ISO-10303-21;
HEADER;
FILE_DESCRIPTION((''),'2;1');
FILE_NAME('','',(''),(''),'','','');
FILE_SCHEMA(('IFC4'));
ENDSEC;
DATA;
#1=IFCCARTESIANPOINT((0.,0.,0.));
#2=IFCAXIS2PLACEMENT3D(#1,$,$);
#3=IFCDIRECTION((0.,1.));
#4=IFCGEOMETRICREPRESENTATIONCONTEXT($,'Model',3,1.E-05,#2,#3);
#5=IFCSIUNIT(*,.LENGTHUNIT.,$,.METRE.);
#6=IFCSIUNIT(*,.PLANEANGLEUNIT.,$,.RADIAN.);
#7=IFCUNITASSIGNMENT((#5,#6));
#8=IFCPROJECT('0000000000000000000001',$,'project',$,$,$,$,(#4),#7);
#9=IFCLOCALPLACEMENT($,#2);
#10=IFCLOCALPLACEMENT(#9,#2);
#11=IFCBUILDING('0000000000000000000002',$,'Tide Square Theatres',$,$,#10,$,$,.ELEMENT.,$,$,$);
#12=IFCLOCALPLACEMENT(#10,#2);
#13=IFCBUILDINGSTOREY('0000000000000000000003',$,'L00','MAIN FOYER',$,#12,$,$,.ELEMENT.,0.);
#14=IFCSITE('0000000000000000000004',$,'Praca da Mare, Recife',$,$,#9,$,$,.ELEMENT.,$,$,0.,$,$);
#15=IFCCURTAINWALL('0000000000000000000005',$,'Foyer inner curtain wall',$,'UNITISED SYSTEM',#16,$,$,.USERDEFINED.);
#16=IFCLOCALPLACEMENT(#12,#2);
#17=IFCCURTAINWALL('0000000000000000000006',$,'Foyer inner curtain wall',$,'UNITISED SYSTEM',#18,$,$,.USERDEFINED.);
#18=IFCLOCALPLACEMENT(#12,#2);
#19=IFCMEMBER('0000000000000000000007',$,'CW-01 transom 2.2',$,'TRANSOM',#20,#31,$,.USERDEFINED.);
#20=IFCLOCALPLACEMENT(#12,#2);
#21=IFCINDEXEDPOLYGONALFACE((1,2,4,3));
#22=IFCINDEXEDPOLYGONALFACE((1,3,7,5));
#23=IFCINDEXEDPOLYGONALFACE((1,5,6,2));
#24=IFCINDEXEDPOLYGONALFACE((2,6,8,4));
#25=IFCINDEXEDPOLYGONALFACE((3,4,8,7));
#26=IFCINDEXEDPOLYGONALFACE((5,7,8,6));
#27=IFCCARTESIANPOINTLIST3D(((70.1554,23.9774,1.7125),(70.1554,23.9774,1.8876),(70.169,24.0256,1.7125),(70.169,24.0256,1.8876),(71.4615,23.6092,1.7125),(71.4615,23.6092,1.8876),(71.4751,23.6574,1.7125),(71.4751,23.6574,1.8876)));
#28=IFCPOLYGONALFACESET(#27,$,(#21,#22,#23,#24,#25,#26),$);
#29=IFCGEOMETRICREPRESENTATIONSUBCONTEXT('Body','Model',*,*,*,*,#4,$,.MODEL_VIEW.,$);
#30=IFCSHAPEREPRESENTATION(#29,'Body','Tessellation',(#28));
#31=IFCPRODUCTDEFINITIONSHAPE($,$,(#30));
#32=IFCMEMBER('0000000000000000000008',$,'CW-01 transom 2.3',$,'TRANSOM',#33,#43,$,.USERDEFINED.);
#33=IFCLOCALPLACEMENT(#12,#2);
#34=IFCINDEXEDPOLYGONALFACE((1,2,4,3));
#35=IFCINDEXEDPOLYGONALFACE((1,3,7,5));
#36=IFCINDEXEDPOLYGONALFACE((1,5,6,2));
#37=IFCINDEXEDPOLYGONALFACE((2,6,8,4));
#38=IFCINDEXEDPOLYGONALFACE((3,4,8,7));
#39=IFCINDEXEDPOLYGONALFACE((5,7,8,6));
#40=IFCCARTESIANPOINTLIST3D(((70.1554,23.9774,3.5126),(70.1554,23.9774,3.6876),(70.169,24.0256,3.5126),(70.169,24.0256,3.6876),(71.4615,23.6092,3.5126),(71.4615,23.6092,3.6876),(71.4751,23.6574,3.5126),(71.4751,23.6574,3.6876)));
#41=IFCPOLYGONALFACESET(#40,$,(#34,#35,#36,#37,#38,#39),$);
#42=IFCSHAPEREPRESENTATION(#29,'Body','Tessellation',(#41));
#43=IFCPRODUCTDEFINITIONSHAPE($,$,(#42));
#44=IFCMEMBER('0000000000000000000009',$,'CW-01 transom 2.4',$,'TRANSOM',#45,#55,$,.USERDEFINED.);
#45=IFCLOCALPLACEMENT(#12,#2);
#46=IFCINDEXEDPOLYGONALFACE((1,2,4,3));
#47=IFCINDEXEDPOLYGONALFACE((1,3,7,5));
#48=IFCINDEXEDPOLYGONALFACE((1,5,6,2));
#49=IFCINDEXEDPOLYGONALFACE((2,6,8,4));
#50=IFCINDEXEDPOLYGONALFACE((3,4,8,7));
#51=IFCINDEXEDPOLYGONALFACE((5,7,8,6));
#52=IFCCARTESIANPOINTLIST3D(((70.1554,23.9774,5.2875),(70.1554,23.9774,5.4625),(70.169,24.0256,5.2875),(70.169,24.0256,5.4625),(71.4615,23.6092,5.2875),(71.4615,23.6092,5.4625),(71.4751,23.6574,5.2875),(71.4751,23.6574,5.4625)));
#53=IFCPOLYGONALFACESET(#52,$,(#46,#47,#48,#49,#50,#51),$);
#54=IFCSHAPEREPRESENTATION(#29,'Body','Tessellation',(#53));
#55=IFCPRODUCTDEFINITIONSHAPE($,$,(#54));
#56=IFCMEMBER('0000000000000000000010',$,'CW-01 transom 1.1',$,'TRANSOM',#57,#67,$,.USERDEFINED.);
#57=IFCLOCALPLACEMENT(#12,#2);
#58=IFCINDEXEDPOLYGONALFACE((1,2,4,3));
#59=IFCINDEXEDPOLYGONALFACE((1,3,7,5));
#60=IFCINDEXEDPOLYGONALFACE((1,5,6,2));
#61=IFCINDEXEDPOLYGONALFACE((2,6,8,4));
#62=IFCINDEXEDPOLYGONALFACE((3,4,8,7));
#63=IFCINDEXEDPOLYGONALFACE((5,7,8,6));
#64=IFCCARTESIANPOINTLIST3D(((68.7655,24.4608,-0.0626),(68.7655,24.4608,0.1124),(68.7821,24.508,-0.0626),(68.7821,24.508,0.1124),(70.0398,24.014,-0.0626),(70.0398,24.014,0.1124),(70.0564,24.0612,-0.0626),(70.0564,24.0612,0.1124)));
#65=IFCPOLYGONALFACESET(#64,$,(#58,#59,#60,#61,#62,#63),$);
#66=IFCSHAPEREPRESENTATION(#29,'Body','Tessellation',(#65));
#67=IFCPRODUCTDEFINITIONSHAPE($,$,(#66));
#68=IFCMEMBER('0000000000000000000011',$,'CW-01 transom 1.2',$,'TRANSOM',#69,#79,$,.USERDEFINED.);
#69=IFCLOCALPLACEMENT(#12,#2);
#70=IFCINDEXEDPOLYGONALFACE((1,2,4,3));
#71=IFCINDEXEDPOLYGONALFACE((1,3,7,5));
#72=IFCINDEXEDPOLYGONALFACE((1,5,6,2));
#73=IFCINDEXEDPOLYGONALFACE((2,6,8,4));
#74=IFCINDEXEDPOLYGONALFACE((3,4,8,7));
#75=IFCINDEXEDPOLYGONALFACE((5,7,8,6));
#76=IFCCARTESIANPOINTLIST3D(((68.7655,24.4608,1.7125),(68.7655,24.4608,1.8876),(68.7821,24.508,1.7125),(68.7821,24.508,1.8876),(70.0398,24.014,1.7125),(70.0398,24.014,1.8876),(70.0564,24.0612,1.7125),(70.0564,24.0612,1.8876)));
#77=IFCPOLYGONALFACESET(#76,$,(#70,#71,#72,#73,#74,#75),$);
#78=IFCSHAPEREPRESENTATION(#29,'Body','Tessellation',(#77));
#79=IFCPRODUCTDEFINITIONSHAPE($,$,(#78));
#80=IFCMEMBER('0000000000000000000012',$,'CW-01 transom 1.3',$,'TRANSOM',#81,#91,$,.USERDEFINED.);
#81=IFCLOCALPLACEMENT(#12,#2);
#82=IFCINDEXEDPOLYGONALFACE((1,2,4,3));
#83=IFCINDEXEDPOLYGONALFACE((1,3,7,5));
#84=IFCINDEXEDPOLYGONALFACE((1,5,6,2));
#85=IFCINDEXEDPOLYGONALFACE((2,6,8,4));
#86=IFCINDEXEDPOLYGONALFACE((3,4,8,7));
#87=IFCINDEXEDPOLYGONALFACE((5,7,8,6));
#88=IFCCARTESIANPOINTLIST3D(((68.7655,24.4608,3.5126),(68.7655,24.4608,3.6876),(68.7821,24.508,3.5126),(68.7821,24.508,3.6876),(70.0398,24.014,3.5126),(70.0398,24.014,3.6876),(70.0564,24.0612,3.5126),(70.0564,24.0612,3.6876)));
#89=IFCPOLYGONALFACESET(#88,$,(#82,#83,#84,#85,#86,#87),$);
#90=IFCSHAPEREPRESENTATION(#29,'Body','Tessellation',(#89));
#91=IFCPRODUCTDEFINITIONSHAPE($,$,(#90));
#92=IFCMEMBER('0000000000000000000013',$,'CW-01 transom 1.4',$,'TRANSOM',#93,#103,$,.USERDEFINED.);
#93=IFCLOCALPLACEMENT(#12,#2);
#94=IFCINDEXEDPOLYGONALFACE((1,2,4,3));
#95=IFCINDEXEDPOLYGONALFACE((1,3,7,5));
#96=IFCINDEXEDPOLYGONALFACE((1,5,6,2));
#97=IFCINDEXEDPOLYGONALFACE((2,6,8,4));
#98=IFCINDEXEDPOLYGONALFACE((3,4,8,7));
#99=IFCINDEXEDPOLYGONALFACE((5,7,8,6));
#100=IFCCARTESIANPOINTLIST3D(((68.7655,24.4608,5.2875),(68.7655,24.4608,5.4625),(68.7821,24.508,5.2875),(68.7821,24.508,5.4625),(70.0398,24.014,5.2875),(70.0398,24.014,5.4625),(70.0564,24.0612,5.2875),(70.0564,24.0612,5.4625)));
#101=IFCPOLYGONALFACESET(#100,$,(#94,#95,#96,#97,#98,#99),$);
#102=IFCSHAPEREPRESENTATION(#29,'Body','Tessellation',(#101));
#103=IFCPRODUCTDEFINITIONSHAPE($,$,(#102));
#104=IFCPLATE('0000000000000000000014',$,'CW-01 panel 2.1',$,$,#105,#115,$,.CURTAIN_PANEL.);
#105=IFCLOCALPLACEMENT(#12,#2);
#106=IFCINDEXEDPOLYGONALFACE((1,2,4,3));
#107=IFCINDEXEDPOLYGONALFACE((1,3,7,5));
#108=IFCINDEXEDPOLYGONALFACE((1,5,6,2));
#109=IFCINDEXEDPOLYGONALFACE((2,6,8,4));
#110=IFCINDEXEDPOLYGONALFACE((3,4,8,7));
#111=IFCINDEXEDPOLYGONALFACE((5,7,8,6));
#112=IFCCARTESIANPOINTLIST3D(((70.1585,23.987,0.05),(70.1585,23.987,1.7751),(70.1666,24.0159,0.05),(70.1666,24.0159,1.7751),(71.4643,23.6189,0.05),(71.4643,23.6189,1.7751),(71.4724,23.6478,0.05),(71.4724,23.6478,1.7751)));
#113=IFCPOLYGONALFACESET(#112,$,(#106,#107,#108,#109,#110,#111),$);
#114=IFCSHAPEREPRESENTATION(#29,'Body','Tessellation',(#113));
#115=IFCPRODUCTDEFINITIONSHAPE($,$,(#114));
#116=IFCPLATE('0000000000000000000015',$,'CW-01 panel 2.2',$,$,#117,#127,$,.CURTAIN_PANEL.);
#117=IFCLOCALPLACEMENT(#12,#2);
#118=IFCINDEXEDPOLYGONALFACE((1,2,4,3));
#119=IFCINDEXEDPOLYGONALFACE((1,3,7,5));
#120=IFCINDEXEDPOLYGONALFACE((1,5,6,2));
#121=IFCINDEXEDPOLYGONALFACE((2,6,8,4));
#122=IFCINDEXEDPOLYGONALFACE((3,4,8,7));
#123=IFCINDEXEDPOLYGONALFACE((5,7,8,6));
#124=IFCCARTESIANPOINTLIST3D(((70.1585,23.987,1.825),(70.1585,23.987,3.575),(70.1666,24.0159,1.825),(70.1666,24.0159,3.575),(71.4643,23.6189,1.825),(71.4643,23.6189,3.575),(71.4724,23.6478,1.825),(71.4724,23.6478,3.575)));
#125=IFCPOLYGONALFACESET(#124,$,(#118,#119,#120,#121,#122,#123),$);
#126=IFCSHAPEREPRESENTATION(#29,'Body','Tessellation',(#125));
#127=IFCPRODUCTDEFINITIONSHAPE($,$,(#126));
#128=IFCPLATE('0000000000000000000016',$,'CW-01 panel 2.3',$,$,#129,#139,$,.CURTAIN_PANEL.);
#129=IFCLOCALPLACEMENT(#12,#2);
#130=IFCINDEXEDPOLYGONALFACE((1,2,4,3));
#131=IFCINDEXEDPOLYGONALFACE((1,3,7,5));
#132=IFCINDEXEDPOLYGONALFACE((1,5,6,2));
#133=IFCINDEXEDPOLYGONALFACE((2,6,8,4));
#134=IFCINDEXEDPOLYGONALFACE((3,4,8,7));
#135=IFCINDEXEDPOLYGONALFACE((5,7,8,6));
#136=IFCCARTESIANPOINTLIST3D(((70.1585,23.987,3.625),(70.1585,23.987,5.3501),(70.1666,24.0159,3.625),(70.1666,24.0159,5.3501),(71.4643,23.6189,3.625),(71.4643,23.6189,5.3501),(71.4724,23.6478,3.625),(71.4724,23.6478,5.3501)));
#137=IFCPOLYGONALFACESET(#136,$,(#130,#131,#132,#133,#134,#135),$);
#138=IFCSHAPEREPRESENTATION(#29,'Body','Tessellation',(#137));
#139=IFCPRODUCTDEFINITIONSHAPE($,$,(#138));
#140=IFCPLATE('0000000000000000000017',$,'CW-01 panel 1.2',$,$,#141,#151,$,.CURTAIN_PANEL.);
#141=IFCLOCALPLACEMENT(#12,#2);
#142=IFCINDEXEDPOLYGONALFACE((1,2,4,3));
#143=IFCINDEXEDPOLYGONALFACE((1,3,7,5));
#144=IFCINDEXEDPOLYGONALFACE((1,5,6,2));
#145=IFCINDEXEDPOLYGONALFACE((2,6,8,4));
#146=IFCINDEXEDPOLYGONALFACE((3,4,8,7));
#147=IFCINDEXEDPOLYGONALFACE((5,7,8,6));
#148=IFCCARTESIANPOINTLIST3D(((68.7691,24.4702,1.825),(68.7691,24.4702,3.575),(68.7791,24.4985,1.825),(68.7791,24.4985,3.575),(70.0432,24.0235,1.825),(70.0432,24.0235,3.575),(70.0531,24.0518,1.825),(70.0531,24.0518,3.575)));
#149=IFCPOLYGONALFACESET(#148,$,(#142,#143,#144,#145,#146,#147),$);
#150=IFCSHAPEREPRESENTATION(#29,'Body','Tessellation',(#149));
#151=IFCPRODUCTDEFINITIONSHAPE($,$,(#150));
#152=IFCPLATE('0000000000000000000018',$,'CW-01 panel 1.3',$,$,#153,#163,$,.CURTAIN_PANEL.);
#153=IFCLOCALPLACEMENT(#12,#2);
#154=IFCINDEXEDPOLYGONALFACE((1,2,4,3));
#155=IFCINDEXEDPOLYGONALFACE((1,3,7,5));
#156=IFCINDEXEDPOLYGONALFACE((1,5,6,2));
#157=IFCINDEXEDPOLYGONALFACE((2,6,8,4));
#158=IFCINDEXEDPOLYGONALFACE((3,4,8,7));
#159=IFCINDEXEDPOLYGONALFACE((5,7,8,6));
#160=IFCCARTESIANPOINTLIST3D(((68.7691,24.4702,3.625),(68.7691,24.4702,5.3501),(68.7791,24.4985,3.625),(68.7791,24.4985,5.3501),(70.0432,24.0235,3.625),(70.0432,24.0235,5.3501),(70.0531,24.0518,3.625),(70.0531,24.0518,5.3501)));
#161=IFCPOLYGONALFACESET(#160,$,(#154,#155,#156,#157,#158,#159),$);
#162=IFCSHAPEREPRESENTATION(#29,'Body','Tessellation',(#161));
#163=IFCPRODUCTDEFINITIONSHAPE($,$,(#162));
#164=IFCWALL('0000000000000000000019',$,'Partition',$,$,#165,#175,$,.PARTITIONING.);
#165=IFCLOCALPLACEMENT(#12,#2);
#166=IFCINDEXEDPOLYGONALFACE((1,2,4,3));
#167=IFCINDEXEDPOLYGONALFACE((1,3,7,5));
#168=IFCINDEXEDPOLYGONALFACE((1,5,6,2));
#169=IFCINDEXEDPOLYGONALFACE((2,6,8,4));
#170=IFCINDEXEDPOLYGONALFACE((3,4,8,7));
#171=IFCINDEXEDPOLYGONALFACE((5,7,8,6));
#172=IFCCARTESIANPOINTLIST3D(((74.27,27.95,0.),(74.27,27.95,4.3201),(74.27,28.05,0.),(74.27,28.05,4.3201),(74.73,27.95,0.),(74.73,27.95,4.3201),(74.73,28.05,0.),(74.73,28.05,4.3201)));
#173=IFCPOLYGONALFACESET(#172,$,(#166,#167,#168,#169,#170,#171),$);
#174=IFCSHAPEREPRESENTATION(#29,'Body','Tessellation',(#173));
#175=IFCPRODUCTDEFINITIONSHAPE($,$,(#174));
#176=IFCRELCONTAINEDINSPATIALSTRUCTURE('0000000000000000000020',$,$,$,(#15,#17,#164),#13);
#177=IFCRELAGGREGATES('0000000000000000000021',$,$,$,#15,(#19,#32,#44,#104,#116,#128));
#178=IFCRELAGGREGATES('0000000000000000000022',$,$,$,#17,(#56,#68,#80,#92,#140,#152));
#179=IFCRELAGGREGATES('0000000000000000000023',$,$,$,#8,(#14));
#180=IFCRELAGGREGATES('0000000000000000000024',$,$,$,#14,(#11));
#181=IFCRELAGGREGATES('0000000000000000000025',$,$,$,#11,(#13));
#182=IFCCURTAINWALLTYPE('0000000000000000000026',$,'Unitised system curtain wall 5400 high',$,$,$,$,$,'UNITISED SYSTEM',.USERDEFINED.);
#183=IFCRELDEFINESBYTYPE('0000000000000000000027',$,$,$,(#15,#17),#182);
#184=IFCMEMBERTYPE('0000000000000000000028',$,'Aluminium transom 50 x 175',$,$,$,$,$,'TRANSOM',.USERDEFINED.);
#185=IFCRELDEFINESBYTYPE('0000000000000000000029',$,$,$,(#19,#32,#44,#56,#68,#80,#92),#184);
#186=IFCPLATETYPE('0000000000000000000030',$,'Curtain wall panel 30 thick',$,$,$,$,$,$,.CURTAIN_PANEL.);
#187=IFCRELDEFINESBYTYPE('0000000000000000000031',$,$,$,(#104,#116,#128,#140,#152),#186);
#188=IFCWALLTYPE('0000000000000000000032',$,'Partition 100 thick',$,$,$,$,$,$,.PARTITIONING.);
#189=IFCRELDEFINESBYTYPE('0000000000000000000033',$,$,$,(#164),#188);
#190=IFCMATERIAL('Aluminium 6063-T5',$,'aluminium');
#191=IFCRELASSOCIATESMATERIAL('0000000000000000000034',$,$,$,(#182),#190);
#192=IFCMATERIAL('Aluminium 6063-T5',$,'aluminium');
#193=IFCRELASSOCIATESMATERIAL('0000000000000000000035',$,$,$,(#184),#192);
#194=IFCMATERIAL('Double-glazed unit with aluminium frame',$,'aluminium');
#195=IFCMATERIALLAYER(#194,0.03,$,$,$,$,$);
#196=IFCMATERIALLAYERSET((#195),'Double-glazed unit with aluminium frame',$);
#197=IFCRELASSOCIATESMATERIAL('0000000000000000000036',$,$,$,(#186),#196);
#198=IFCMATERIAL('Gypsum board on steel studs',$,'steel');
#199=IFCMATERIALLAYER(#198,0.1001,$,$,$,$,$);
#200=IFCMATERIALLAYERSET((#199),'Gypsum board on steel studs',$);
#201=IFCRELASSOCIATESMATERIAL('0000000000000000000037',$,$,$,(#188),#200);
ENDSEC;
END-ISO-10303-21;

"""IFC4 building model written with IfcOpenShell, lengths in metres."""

from ifc_helpers import new_model, si_unit, direction, frame, frame_2d, origin, origin_2d, place, context, subcontext, project, spatial, rectangle, extrude, material, layer, layer_set, material_profile, profile_set, type_object, element, aggregate, save


model = new_model("IFC4")

# Units and contexts
model_context = context("Model", 3, precision=1e-05, world=origin(), true_north=direction((0.0, 1.0)))
body_context = subcontext(model_context, "Body", "Model", "MODEL_VIEW")
ifc_project = project(units=[si_unit("LENGTHUNIT", "METRE"), si_unit("PLANEANGLEUNIT", "RADIAN")], contexts=[model_context])

# Site, building, storey
site_placement = place(None, origin())
site = spatial("IfcSite", under=ifc_project, at=site_placement, Name="Praca da Mare, Recife", CompositionType="ELEMENT", RefElevation=0.0)
building_placement = place(site_placement, origin())
building = spatial("IfcBuilding", under=site, at=building_placement, Name="Tide Square Theatres", CompositionType="ELEMENT")
storey_placement = place(building_placement, origin())
storey = spatial("IfcBuildingStorey", under=building, at=storey_placement, Name="L00", Description="MAIN FOYER", CompositionType="ELEMENT", Elevation=0.0)

# Curtain wall
ifc_material_1 = material(Name="Aluminium 6063-T5", Category="aluminium")
curtain_wall_type = type_object("IfcCurtainWallType", Name="Unitised system curtain wall 5400 high", ElementType="UNITISED SYSTEM", PredefinedType="USERDEFINED", material=ifc_material_1)
curtain_wall_1_placement = place(storey_placement, origin())
curtain_wall_1 = element("IfcCurtainWall", 1, at=curtain_wall_1_placement, inside=storey, type_object=curtain_wall_type, Name="Foyer inner curtain wall", ObjectType="UNITISED SYSTEM", PredefinedType="USERDEFINED")

# Curtain wall
curtain_wall_2_placement = place(storey_placement, origin())
curtain_wall_2 = element("IfcCurtainWall", 2, at=curtain_wall_2_placement, inside=storey, type_object=curtain_wall_type, Name="Foyer inner curtain wall", ObjectType="UNITISED SYSTEM", PredefinedType="USERDEFINED")

# Members
ifc_material_2 = material(Name="Aluminium 6063-T5", Category="aluminium")
ifc_material_profile_1 = material_profile(ifc_material_2, rectangle(XDim=0.05, YDim=0.175, at=origin_2d()))
ifc_profile_set_1 = profile_set([ifc_material_profile_1], Name="Aluminium 6063-T5")
member_type_1 = type_object("IfcMemberType", Name="Aluminium transom 50 x 175", ElementType="TRANSOM", PredefinedType="USERDEFINED", material=ifc_profile_set_1)
member_1_placement = place(storey_placement, frame((71.4683, 23.6333, 1.8), z_axis=(-0.962482, 0.271345, 0.0), x_axis=(-0.271345, -0.962482, 0.0)))
member_1 = element("IfcMember", 3, at=member_1_placement, type_object=member_type_1, Name="CW-01 transom 2.2", ObjectType="TRANSOM", PredefinedType="USERDEFINED", context=body_context, shape_type="SweptSolid", body=[
    extrude(rectangle(XDim=0.05, YDim=0.175, at=origin_2d()), origin(), (0.0, 0.0, 1.0), 1.3569),
])
member_2_placement = place(storey_placement, frame((71.4683, 23.6333, 3.6001), z_axis=(-0.962482, 0.271345, 0.0), x_axis=(-0.271345, -0.962482, 0.0)))
member_2 = element("IfcMember", 4, at=member_2_placement, type_object=member_type_1, Name="CW-01 transom 2.3", ObjectType="TRANSOM", PredefinedType="USERDEFINED", context=body_context, shape_type="SweptSolid", body=[
    extrude(rectangle(XDim=0.05, YDim=0.175, at=origin_2d()), origin(), (0.0, 0.0, 1.0), 1.3569),
])
member_3_placement = place(storey_placement, frame((71.4683, 23.6333, 5.375), z_axis=(-0.962482, 0.271345, 0.0), x_axis=(-0.271345, -0.962482, 0.0)))
member_3 = element("IfcMember", 5, at=member_3_placement, type_object=member_type_1, Name="CW-01 transom 2.4", ObjectType="TRANSOM", PredefinedType="USERDEFINED", context=body_context, shape_type="SweptSolid", body=[
    extrude(rectangle(XDim=0.05, YDim=0.175, at=origin_2d()), origin(), (0.0, 0.0, 1.0), 1.3569),
])
member_4_placement = place(storey_placement, frame((70.0481, 24.0376, 0.0249), z_axis=(-0.943669, 0.33089, 0.0), x_axis=(-0.33089, -0.943669, 0.0)))
member_4 = element("IfcMember", 6, at=member_4_placement, type_object=member_type_1, Name="CW-01 transom 1.1", ObjectType="TRANSOM", PredefinedType="USERDEFINED", context=body_context, shape_type="SweptSolid", body=[
    extrude(rectangle(XDim=0.05, YDim=0.175, at=origin_2d()), origin(), (0.0, 0.0, 1.0), 1.3503),
])
member_5_placement = place(storey_placement, frame((70.0481, 24.0376, 1.8), z_axis=(-0.943669, 0.33089, 0.0), x_axis=(-0.33089, -0.943669, 0.0)))
member_5 = element("IfcMember", 7, at=member_5_placement, type_object=member_type_1, Name="CW-01 transom 1.2", ObjectType="TRANSOM", PredefinedType="USERDEFINED", context=body_context, shape_type="SweptSolid", body=[
    extrude(rectangle(XDim=0.05, YDim=0.175, at=origin_2d()), origin(), (0.0, 0.0, 1.0), 1.3503),
])
member_6_placement = place(storey_placement, frame((70.0481, 24.0376, 3.6001), z_axis=(-0.943669, 0.33089, 0.0), x_axis=(-0.33089, -0.943669, 0.0)))
member_6 = element("IfcMember", 8, at=member_6_placement, type_object=member_type_1, Name="CW-01 transom 1.3", ObjectType="TRANSOM", PredefinedType="USERDEFINED", context=body_context, shape_type="SweptSolid", body=[
    extrude(rectangle(XDim=0.05, YDim=0.175, at=origin_2d()), origin(), (0.0, 0.0, 1.0), 1.3503),
])
member_7_placement = place(storey_placement, frame((70.0481, 24.0376, 5.375), z_axis=(-0.943669, 0.33089, 0.0), x_axis=(-0.33089, -0.943669, 0.0)))
member_7 = element("IfcMember", 9, at=member_7_placement, type_object=member_type_1, Name="CW-01 transom 1.4", ObjectType="TRANSOM", PredefinedType="USERDEFINED", context=body_context, shape_type="SweptSolid", body=[
    extrude(rectangle(XDim=0.05, YDim=0.175, at=origin_2d()), origin(), (0.0, 0.0, 1.0), 1.3503),
])

# Plates
ifc_material_3 = material(Name="Double-glazed unit with aluminium frame", Category="aluminium")
ifc_layer_1 = layer(ifc_material_3, 0.03)
ifc_layer_set_1 = layer_set([ifc_layer_1], Name="Double-glazed unit with aluminium frame")
plate_type = type_object("IfcPlateType", Name="Curtain wall panel 30 thick", PredefinedType="CURTAIN_PANEL", material=ifc_layer_set_1)
plate_1_placement = place(storey_placement, frame((70.8154, 23.8174, 0.05), z_axis=(0.0, 0.0, 1.0), x_axis=(-0.962487, 0.271328, 0.0)))
plate_1 = element("IfcPlate", 10, at=plate_1_placement, type_object=plate_type, Name="CW-01 panel 2.1", PredefinedType="CURTAIN_PANEL", context=body_context, shape_type="SweptSolid", body=[
    extrude(rectangle(XDim=1.3567, YDim=0.03, at=origin_2d()), origin(), (0.0, 0.0, 1.0), 1.7251),
])
plate_2_placement = place(storey_placement, frame((70.8154, 23.8174, 1.825), z_axis=(0.0, 0.0, 1.0), x_axis=(-0.962487, 0.271328, 0.0)))
plate_2 = element("IfcPlate", 11, at=plate_2_placement, type_object=plate_type, Name="CW-01 panel 2.2", PredefinedType="CURTAIN_PANEL", context=body_context, shape_type="SweptSolid", body=[
    extrude(rectangle(XDim=1.3567, YDim=0.03, at=origin_2d()), origin(), (0.0, 0.0, 1.0), 1.75),
])
plate_3_placement = place(storey_placement, frame((70.8154, 23.8174, 3.625), z_axis=(0.0, 0.0, 1.0), x_axis=(-0.962487, 0.271328, 0.0)))
plate_3 = element("IfcPlate", 12, at=plate_3_placement, type_object=plate_type, Name="CW-01 panel 2.3", PredefinedType="CURTAIN_PANEL", context=body_context, shape_type="SweptSolid", body=[
    extrude(rectangle(XDim=1.3567, YDim=0.03, at=origin_2d()), origin(), (0.0, 0.0, 1.0), 1.7251),
])
aggregate(curtain_wall_1, [member_1, member_2, member_3, plate_1, plate_2, plate_3])
plate_4_placement = place(storey_placement, frame((69.4111, 24.261, 1.825), z_axis=(0.0, 0.0, 1.0), x_axis=(-0.943674, 0.330876, 0.0)))
plate_4 = element("IfcPlate", 13, at=plate_4_placement, type_object=plate_type, Name="CW-01 panel 1.2", PredefinedType="CURTAIN_PANEL", context=body_context, shape_type="SweptSolid", body=[
    extrude(rectangle(XDim=1.3501, YDim=0.03, at=origin_2d()), origin(), (0.0, 0.0, 1.0), 1.75),
])
plate_5_placement = place(storey_placement, frame((69.4111, 24.261, 3.625), z_axis=(0.0, 0.0, 1.0), x_axis=(-0.943674, 0.330876, 0.0)))
plate_5 = element("IfcPlate", 14, at=plate_5_placement, type_object=plate_type, Name="CW-01 panel 1.3", PredefinedType="CURTAIN_PANEL", context=body_context, shape_type="SweptSolid", body=[
    extrude(rectangle(XDim=1.3501, YDim=0.03, at=origin_2d()), origin(), (0.0, 0.0, 1.0), 1.7251),
])
aggregate(curtain_wall_2, [member_4, member_5, member_6, member_7, plate_4, plate_5])

# Wall
ifc_material_4 = material(Name="Gypsum board on steel studs", Category="steel")
ifc_layer_2 = layer(ifc_material_4, 0.1001)
ifc_layer_set_2 = layer_set([ifc_layer_2], Name="Gypsum board on steel studs")
wall_type_1 = type_object("IfcWallType", Name="Partition 100 thick", PredefinedType="PARTITIONING", material=ifc_layer_set_2)
wall_1_placement = place(storey_placement, frame((74.73, 28.0, 0.0), z_axis=(0.0, 0.0, 1.0), x_axis=(-1.0, 0.0, 0.0)))
element("IfcWall", 15, at=wall_1_placement, inside=storey, type_object=wall_type_1, Name="Partition", PredefinedType="PARTITIONING", context=body_context, shape_type="SweptSolid", body=[
    extrude(rectangle(XDim=0.46, YDim=0.1001, at=frame_2d((0.23, 0.0))), origin(), (0.0, 0.0, 1.0), 4.3201),
])

save(model, "model.ifc")
